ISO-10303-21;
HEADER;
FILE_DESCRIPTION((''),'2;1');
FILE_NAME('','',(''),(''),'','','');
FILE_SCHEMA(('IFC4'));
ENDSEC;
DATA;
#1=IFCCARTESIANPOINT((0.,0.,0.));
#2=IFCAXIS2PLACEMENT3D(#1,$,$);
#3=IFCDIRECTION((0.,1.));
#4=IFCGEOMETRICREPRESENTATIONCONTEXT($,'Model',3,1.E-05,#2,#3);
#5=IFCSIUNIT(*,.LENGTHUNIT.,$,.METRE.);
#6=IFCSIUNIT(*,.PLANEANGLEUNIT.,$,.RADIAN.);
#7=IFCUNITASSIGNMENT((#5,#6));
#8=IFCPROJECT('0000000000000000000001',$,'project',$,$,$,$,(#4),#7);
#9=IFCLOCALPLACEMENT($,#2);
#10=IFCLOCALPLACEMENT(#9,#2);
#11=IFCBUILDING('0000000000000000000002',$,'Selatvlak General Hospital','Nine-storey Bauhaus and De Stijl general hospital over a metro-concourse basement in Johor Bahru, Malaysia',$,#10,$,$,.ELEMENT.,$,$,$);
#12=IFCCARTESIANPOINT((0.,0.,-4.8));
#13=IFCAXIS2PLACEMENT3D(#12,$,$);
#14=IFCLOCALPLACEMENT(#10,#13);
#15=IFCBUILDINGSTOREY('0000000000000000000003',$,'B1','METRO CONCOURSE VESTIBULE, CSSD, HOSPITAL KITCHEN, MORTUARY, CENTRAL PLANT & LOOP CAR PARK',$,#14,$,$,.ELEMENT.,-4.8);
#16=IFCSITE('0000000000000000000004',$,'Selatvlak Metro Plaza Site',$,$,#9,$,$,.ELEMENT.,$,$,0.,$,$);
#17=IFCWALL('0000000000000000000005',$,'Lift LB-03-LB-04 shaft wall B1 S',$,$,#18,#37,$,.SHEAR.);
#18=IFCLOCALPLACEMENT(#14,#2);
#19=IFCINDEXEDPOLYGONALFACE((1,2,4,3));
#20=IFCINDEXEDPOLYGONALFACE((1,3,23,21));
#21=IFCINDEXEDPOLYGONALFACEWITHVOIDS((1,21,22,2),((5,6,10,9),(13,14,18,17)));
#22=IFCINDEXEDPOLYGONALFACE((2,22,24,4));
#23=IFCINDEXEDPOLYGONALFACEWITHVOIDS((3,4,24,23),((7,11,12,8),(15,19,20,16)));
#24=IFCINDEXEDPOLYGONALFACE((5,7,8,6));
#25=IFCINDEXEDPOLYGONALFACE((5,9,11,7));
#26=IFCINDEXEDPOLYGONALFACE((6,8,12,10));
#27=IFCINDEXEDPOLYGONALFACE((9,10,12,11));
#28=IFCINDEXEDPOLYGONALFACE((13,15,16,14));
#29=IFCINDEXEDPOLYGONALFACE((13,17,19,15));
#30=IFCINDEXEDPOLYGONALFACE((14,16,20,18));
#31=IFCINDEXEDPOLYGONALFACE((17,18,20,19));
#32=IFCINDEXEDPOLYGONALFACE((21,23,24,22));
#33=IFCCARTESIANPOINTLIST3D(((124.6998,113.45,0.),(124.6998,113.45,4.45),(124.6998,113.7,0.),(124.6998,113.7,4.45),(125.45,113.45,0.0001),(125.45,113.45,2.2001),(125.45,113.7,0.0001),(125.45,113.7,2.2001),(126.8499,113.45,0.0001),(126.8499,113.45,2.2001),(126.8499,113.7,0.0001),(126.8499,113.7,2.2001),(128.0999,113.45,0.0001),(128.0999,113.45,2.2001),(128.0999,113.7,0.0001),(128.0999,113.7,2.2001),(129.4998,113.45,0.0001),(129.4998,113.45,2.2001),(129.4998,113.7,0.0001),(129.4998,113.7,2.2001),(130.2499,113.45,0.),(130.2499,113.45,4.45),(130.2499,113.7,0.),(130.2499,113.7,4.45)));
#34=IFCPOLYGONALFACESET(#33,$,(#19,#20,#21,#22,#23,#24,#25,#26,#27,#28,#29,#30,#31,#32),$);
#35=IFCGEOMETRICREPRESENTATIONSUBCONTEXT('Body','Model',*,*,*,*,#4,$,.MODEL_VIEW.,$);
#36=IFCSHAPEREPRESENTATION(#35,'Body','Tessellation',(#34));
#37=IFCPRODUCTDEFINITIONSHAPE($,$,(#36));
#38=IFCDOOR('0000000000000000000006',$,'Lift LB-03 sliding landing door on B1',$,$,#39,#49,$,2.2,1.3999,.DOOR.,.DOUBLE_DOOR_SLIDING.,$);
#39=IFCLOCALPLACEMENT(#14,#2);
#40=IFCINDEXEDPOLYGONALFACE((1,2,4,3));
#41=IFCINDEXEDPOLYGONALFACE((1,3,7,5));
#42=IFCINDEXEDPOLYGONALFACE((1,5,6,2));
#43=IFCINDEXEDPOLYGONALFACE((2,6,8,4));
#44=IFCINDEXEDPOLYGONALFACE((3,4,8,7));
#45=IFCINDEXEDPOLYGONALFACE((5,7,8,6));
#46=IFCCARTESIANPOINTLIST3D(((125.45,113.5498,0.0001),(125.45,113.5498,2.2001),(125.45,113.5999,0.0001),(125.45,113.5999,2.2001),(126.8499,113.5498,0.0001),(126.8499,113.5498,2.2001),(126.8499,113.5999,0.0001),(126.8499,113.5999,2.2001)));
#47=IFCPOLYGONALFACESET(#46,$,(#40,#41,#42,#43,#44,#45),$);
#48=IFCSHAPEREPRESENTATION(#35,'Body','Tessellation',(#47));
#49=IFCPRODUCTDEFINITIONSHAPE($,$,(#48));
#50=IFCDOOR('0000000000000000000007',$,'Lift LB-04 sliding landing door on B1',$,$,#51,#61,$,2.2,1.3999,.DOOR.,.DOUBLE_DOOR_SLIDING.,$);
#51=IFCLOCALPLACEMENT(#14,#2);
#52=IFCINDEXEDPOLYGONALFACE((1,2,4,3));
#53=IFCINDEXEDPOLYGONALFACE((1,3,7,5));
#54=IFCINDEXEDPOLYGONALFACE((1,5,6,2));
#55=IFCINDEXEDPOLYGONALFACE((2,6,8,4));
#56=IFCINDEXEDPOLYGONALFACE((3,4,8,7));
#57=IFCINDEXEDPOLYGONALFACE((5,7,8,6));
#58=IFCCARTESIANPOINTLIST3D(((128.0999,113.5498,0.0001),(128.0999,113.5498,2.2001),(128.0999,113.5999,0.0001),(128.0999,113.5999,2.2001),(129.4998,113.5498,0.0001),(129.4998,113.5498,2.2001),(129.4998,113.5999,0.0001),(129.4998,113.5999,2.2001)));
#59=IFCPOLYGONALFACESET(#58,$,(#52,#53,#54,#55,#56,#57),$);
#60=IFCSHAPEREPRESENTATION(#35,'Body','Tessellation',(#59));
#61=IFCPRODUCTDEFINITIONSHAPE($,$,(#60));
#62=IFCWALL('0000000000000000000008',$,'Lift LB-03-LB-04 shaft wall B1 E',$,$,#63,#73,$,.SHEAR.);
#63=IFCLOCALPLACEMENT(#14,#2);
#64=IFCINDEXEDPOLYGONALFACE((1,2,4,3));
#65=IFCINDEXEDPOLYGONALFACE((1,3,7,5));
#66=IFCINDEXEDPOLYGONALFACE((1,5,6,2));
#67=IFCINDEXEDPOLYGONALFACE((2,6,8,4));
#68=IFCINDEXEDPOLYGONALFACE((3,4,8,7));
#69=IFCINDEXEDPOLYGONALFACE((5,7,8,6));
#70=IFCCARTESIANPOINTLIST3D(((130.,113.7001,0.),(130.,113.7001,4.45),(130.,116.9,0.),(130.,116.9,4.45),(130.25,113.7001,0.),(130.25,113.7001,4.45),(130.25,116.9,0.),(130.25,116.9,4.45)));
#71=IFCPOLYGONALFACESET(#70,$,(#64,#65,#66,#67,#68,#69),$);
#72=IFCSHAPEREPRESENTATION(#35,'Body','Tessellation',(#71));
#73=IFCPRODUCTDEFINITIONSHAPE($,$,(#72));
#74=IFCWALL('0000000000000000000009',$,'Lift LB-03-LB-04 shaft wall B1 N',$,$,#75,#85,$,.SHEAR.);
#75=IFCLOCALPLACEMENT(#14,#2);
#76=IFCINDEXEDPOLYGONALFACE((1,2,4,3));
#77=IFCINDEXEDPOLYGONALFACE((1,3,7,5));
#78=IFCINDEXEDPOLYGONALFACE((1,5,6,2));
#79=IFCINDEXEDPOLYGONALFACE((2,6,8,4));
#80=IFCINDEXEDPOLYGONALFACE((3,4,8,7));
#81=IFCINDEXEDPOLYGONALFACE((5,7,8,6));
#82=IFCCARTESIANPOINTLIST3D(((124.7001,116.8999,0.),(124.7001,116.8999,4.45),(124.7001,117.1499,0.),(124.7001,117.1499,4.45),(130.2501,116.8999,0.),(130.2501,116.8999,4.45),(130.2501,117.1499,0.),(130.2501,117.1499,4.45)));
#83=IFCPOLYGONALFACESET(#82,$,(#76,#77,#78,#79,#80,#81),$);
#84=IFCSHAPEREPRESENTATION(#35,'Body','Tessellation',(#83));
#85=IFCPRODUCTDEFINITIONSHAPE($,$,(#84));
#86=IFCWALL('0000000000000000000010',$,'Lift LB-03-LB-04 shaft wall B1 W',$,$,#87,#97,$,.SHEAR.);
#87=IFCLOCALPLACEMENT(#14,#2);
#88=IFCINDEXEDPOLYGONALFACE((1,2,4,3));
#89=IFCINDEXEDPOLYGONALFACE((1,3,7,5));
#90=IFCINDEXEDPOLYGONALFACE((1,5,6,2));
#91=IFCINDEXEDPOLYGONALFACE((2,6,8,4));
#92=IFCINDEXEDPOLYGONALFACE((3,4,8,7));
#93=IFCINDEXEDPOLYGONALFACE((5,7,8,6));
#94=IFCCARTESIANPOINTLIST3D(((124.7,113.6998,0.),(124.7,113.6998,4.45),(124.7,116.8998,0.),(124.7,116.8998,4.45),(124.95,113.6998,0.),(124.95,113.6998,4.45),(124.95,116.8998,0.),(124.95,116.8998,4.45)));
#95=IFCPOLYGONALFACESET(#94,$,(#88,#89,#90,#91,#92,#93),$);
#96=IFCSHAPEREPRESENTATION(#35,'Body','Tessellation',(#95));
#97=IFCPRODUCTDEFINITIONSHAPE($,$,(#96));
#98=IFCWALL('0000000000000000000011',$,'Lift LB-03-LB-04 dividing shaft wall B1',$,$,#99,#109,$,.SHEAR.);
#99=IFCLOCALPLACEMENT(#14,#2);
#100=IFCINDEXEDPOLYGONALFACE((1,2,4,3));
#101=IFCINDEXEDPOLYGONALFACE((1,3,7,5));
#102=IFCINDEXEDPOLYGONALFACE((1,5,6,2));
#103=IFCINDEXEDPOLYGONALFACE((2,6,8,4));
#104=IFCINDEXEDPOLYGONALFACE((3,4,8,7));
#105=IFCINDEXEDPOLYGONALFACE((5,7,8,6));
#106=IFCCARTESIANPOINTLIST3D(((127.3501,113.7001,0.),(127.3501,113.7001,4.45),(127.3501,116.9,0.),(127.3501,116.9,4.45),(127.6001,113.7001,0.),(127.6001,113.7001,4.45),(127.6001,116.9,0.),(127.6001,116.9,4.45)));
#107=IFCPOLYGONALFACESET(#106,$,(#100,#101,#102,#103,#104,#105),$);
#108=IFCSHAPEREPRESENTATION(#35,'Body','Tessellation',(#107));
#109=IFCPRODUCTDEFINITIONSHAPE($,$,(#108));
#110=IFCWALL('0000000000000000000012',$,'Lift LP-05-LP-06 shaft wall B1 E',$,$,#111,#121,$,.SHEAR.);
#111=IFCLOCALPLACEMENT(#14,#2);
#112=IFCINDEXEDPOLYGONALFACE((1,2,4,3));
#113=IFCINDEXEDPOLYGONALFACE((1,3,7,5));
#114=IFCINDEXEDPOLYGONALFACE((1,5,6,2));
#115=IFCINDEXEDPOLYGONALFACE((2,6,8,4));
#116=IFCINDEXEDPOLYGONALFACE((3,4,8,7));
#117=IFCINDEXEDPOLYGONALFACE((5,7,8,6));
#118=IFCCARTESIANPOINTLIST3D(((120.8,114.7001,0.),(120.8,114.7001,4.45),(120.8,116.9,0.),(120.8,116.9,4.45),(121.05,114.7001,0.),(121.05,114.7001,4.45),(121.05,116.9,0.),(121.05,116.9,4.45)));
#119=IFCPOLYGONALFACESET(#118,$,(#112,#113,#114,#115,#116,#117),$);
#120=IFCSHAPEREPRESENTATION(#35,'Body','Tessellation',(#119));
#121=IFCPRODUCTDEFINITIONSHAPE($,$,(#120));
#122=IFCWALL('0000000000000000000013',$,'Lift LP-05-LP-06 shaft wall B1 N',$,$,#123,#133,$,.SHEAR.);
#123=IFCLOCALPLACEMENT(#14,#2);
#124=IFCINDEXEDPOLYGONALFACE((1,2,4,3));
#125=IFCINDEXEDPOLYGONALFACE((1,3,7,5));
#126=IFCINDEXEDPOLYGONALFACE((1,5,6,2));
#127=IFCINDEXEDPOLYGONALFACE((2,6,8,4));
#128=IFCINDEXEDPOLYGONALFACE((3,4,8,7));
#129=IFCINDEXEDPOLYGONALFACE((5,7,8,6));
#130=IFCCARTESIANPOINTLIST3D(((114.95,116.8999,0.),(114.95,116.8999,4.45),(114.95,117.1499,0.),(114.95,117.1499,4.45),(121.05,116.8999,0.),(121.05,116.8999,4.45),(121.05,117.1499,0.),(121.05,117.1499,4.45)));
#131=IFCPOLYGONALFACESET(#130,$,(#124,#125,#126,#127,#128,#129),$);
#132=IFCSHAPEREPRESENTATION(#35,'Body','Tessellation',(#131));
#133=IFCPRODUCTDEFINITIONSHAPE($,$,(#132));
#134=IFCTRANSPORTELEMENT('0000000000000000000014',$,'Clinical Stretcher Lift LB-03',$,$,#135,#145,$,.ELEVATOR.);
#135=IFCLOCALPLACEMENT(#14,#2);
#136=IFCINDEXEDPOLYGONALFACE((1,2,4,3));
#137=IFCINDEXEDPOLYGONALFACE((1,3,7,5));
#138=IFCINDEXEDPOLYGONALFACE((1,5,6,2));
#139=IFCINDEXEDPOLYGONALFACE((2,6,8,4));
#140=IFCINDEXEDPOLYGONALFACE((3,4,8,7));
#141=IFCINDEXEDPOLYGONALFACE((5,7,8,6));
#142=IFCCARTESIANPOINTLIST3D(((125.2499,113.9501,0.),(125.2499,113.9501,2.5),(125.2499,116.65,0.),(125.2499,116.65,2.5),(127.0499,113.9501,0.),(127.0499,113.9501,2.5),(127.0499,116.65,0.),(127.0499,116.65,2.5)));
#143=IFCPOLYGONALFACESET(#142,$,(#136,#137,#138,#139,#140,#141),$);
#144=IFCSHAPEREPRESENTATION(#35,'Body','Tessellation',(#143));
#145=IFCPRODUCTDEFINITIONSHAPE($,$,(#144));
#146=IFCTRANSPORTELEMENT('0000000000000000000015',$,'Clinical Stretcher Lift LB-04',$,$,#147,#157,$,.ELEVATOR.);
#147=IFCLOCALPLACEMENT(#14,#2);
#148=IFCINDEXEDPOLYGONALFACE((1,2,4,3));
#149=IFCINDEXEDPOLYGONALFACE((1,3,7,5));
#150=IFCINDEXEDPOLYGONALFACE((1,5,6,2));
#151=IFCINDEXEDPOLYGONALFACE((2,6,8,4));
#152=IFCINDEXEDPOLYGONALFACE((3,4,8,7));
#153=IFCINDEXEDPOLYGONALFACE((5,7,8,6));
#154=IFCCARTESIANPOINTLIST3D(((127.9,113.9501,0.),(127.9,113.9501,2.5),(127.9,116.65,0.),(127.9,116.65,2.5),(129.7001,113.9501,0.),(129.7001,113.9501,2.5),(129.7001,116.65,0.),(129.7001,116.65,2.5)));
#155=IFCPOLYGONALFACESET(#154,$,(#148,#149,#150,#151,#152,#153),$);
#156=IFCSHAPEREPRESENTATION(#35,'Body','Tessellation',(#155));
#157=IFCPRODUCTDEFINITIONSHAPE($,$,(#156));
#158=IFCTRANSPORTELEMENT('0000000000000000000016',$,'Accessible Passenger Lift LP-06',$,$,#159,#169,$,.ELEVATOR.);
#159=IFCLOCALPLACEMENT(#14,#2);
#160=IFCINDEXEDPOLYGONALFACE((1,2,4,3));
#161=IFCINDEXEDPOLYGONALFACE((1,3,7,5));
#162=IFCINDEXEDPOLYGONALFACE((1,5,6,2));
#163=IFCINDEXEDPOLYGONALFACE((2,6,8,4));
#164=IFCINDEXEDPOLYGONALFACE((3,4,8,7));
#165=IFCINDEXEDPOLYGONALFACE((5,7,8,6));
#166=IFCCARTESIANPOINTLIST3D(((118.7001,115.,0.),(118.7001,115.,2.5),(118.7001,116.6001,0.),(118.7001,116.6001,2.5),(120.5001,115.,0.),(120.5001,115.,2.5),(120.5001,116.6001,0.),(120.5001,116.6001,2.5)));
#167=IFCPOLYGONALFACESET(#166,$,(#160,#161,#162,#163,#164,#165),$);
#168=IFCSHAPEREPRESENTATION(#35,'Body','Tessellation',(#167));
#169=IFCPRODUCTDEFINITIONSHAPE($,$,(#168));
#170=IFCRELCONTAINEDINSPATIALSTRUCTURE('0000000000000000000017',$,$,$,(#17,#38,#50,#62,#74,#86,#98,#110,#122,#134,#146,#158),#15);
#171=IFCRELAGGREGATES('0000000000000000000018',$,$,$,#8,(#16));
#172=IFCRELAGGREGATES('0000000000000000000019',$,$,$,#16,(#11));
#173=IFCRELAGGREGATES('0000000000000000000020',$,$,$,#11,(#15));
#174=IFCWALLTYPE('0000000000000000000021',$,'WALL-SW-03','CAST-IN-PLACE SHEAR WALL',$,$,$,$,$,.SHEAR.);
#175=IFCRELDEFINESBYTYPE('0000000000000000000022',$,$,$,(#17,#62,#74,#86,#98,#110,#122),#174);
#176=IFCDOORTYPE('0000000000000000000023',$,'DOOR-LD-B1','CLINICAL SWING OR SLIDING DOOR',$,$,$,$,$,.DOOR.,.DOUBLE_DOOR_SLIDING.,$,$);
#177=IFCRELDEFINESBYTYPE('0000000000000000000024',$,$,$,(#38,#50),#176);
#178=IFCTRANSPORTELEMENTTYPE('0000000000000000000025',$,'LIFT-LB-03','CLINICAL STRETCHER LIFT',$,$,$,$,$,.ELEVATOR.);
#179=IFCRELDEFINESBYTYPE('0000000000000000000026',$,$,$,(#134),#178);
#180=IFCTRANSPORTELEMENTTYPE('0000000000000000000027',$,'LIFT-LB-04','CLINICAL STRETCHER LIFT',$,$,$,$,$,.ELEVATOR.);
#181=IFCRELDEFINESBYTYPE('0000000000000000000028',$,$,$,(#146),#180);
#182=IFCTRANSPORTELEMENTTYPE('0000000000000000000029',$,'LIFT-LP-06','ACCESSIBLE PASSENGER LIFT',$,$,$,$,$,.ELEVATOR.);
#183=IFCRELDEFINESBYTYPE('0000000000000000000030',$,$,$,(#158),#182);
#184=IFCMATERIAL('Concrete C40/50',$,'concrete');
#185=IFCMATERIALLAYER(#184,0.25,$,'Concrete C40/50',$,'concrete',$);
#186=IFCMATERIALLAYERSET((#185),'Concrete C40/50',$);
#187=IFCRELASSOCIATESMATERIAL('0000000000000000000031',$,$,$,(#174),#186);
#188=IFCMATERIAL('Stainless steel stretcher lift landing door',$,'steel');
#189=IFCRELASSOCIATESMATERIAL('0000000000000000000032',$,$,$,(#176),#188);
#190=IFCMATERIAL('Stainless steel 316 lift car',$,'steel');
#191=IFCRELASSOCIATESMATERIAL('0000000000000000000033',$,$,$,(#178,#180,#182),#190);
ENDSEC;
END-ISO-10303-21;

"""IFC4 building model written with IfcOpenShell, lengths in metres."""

from ifc_helpers import new_model, si_unit, direction, frame, frame_2d, origin, origin_2d, place, context, subcontext, project, spatial, rectangle, extrude, material, layer, layer_set, type_object, element, fill, save


model = new_model("IFC4")

# Units and contexts
model_context = context("Model", 3, precision=1e-05, world=origin(), true_north=direction((0.0, 1.0)))
body_context = subcontext(model_context, "Body", "Model", "MODEL_VIEW")
ifc_project = project(units=[si_unit("LENGTHUNIT", "METRE"), si_unit("PLANEANGLEUNIT", "RADIAN")], contexts=[model_context])

# Site, building, storey
site_placement = place(None, origin())
site = spatial("IfcSite", under=ifc_project, at=site_placement, Name="Selatvlak Metro Plaza Site", CompositionType="ELEMENT", RefElevation=0.0)
building_placement = place(site_placement, origin())
building = spatial("IfcBuilding", under=site, at=building_placement, Name="Selatvlak General Hospital", Description="Nine-storey Bauhaus and De Stijl general hospital over a metro-concourse basement in Johor Bahru, Malaysia", CompositionType="ELEMENT")
storey_placement = place(building_placement, frame((0.0, 0.0, -4.8)))
storey = spatial("IfcBuildingStorey", under=building, at=storey_placement, Name="B1", Description="METRO CONCOURSE VESTIBULE, CSSD, HOSPITAL KITCHEN, MORTUARY, CENTRAL PLANT & LOOP CAR PARK", CompositionType="ELEMENT", Elevation=-4.8)

# Shared definitions
ifc_material_1 = material(Name="Concrete C40/50", Category="concrete")

# Wall, openings, doors
ifc_layer_1 = layer(ifc_material_1, 0.25, Name="Concrete C40/50", Category="concrete")
ifc_layer_set_1 = layer_set([ifc_layer_1], Name="Concrete C40/50")
wall_type_1 = type_object("IfcWallType", Name="WALL-SW-03", Description="CAST-IN-PLACE SHEAR WALL", PredefinedType="SHEAR", material=ifc_layer_set_1)
wall_1_placement = place(storey_placement, frame((124.7, 113.575, 0.0), z_axis=(0.0, 0.0, 1.0), x_axis=(1.0, 0.0, 0.0)))
wall_1 = element("IfcWall", 1, at=wall_1_placement, inside=storey, type_object=wall_type_1, Name="Lift LB-03-LB-04 shaft wall B1 S", PredefinedType="SHEAR", context=body_context, shape_type="SweptSolid", body=[
    extrude(rectangle(XDim=5.55, YDim=0.25, at=frame_2d((2.7749, 0.0))), origin(), (0.0, 0.0, 1.0), 4.45),
])
opening_1_placement = place(wall_1_placement, frame((0.75, 0.0, 0.0)))
opening_1 = element("IfcOpeningElement", 2, at=opening_1_placement, cuts=wall_1, PredefinedType="OPENING", context=body_context, shape_type="SweptSolid", body=[
    extrude(rectangle(XDim=1.3999, YDim=2.2, at=frame_2d((0.7, 1.1001))), frame((0.0, 0.135, 0.0), z_axis=(0.0, -1.0, 0.0), x_axis=(1.0, 0.0, 0.0)), (0.0, 0.0, 1.0), 0.27),
])
opening_2_placement = place(wall_1_placement, frame((3.3999, 0.0, 0.0)))
opening_2 = element("IfcOpeningElement", 3, at=opening_2_placement, cuts=wall_1, PredefinedType="OPENING", context=body_context, shape_type="SweptSolid", body=[
    extrude(rectangle(XDim=1.3999, YDim=2.2, at=frame_2d((0.7, 1.1001))), frame((0.0, 0.135, 0.0), z_axis=(0.0, -1.0, 0.0), x_axis=(1.0, 0.0, 0.0)), (0.0, 0.0, 1.0), 0.27),
])
ifc_material_2 = material(Name="Stainless steel stretcher lift landing door", Category="steel")
door_type_1 = type_object("IfcDoorType", Name="DOOR-LD-B1", Description="CLINICAL SWING OR SLIDING DOOR", OperationType="DOUBLE_DOOR_SLIDING", PredefinedType="DOOR", material=ifc_material_2)
door_1_placement = place(opening_1_placement, origin())
door_1 = element("IfcDoor", 4, at=door_1_placement, inside=storey, type_object=door_type_1, Name="Lift LB-03 sliding landing door on B1", OperationType="DOUBLE_DOOR_SLIDING", OverallHeight=2.2, OverallWidth=1.3999, PredefinedType="DOOR", context=body_context, shape_type="SweptSolid", body=[
    extrude(rectangle(XDim=1.3999, YDim=2.2, at=frame_2d((0.7, 1.1001))), frame((0.0, 0.0249, 0.0), z_axis=(0.0, -1.0, 0.0), x_axis=(1.0, 0.0, 0.0)), (0.0, 0.0, 1.0), 0.05),
])
fill(opening_1, door_1)
door_2_placement = place(opening_2_placement, origin())
door_2 = element("IfcDoor", 5, at=door_2_placement, inside=storey, type_object=door_type_1, Name="Lift LB-04 sliding landing door on B1", OperationType="DOUBLE_DOOR_SLIDING", OverallHeight=2.2, OverallWidth=1.3999, PredefinedType="DOOR", context=body_context, shape_type="SweptSolid", body=[
    extrude(rectangle(XDim=1.3999, YDim=2.2, at=frame_2d((0.7, 1.1001))), frame((0.0, 0.0249, 0.0), z_axis=(0.0, -1.0, 0.0), x_axis=(1.0, 0.0, 0.0)), (0.0, 0.0, 1.0), 0.05),
])
fill(opening_2, door_2)

# Walls
wall_2_placement = place(storey_placement, frame((130.125, 113.7, 0.0), z_axis=(0.0, 0.0, 1.0), x_axis=(0.0, 1.0, 0.0)))
element("IfcWall", 6, at=wall_2_placement, inside=storey, type_object=wall_type_1, Name="Lift LB-03-LB-04 shaft wall B1 E", PredefinedType="SHEAR", context=body_context, shape_type="SweptSolid", body=[
    extrude(rectangle(XDim=3.2, YDim=0.25, at=frame_2d((1.6001, 0.0))), origin(), (0.0, 0.0, 1.0), 4.45),
])
wall_3_placement = place(storey_placement, frame((130.25, 117.0249, 0.0), z_axis=(0.0, 0.0, 1.0), x_axis=(-1.0, 0.0, 0.0)))
element("IfcWall", 7, at=wall_3_placement, inside=storey, type_object=wall_type_1, Name="Lift LB-03-LB-04 shaft wall B1 N", PredefinedType="SHEAR", context=body_context, shape_type="SweptSolid", body=[
    extrude(rectangle(XDim=5.55, YDim=0.25, at=frame_2d((2.7749, 0.0))), origin(), (0.0, 0.0, 1.0), 4.45),
])
for number, where, z_axis, x_axis, name in (
    (8, (124.825, 116.8999, 0.0), (0.0, 0.0, 1.0), (0.0, -1.0, 0.0), "Lift LB-03-LB-04 shaft wall B1 W"),
    (9, (127.4751, 113.7, 0.0), (0.0, 0.0, 1.0), (0.0, 1.0, 0.0), "Lift LB-03-LB-04 dividing shaft wall B1"),
):
    element("IfcWall", number, at=place(storey_placement, frame(where, z_axis=z_axis, x_axis=x_axis)), inside=storey, type_object=wall_type_1, Name=name, PredefinedType="SHEAR", context=body_context, shape_type="SweptSolid", body=[
        extrude(rectangle(XDim=3.2, YDim=0.25, at=frame_2d((1.6001, 0.0))), origin(), (0.0, 0.0, 1.0), 4.45),
    ])
wall_4_placement = place(storey_placement, frame((120.925, 114.7, 0.0), z_axis=(0.0, 0.0, 1.0), x_axis=(0.0, 1.0, 0.0)))
element("IfcWall", 10, at=wall_4_placement, inside=storey, type_object=wall_type_1, Name="Lift LP-05-LP-06 shaft wall B1 E", PredefinedType="SHEAR", context=body_context, shape_type="SweptSolid", body=[
    extrude(rectangle(XDim=2.2, YDim=0.25, at=frame_2d((1.1001, 0.0))), origin(), (0.0, 0.0, 1.0), 4.45),
])
wall_5_placement = place(storey_placement, frame((121.05, 117.0249, 0.0), z_axis=(0.0, 0.0, 1.0), x_axis=(-1.0, 0.0, 0.0)))
element("IfcWall", 11, at=wall_5_placement, inside=storey, type_object=wall_type_1, Name="Lift LP-05-LP-06 shaft wall B1 N", PredefinedType="SHEAR", context=body_context, shape_type="SweptSolid", body=[
    extrude(rectangle(XDim=6.1001, YDim=0.25, at=frame_2d((3.05, 0.0))), origin(), (0.0, 0.0, 1.0), 4.45),
])

# Transport elements
ifc_material_3 = material(Name="Stainless steel 316 lift car", Category="steel")
transport_element_type_1 = type_object("IfcTransportElementType", Name="LIFT-LB-03", Description="CLINICAL STRETCHER LIFT", PredefinedType="ELEVATOR", material=ifc_material_3)
transport_element_1_placement = place(storey_placement, frame((126.1499, 115.3, 0.0), z_axis=(0.0, 0.0, 1.0), x_axis=(1.0, 0.0, 0.0)))
element("IfcTransportElement", 12, at=transport_element_1_placement, inside=storey, type_object=transport_element_type_1, Name="Clinical Stretcher Lift LB-03", PredefinedType="ELEVATOR", context=body_context, shape_type="SweptSolid", body=[
    extrude(rectangle(XDim=1.8, YDim=2.7, at=origin_2d()), origin(), (0.0, 0.0, 1.0), 2.5),
])
transport_element_type_2 = type_object("IfcTransportElementType", Name="LIFT-LB-04", Description="CLINICAL STRETCHER LIFT", PredefinedType="ELEVATOR", material=ifc_material_3)
transport_element_2_placement = place(storey_placement, frame((128.8, 115.3, 0.0), z_axis=(0.0, 0.0, 1.0), x_axis=(1.0, 0.0, 0.0)))
element("IfcTransportElement", 13, at=transport_element_2_placement, inside=storey, type_object=transport_element_type_2, Name="Clinical Stretcher Lift LB-04", PredefinedType="ELEVATOR", context=body_context, shape_type="SweptSolid", body=[
    extrude(rectangle(XDim=1.8, YDim=2.7, at=origin_2d()), origin(), (0.0, 0.0, 1.0), 2.5),
])
transport_element_type_3 = type_object("IfcTransportElementType", Name="LIFT-LP-06", Description="ACCESSIBLE PASSENGER LIFT", PredefinedType="ELEVATOR", material=ifc_material_3)
transport_element_3_placement = place(storey_placement, frame((119.6001, 115.8, 0.0), z_axis=(0.0, 0.0, 1.0), x_axis=(1.0, 0.0, 0.0)))
element("IfcTransportElement", 14, at=transport_element_3_placement, inside=storey, type_object=transport_element_type_3, Name="Accessible Passenger Lift LP-06", PredefinedType="ELEVATOR", context=body_context, shape_type="SweptSolid", body=[
    extrude(rectangle(XDim=1.8, YDim=1.6001, at=origin_2d()), origin(), (0.0, 0.0, 1.0), 2.5),
])

save(model, "model.ifc")
